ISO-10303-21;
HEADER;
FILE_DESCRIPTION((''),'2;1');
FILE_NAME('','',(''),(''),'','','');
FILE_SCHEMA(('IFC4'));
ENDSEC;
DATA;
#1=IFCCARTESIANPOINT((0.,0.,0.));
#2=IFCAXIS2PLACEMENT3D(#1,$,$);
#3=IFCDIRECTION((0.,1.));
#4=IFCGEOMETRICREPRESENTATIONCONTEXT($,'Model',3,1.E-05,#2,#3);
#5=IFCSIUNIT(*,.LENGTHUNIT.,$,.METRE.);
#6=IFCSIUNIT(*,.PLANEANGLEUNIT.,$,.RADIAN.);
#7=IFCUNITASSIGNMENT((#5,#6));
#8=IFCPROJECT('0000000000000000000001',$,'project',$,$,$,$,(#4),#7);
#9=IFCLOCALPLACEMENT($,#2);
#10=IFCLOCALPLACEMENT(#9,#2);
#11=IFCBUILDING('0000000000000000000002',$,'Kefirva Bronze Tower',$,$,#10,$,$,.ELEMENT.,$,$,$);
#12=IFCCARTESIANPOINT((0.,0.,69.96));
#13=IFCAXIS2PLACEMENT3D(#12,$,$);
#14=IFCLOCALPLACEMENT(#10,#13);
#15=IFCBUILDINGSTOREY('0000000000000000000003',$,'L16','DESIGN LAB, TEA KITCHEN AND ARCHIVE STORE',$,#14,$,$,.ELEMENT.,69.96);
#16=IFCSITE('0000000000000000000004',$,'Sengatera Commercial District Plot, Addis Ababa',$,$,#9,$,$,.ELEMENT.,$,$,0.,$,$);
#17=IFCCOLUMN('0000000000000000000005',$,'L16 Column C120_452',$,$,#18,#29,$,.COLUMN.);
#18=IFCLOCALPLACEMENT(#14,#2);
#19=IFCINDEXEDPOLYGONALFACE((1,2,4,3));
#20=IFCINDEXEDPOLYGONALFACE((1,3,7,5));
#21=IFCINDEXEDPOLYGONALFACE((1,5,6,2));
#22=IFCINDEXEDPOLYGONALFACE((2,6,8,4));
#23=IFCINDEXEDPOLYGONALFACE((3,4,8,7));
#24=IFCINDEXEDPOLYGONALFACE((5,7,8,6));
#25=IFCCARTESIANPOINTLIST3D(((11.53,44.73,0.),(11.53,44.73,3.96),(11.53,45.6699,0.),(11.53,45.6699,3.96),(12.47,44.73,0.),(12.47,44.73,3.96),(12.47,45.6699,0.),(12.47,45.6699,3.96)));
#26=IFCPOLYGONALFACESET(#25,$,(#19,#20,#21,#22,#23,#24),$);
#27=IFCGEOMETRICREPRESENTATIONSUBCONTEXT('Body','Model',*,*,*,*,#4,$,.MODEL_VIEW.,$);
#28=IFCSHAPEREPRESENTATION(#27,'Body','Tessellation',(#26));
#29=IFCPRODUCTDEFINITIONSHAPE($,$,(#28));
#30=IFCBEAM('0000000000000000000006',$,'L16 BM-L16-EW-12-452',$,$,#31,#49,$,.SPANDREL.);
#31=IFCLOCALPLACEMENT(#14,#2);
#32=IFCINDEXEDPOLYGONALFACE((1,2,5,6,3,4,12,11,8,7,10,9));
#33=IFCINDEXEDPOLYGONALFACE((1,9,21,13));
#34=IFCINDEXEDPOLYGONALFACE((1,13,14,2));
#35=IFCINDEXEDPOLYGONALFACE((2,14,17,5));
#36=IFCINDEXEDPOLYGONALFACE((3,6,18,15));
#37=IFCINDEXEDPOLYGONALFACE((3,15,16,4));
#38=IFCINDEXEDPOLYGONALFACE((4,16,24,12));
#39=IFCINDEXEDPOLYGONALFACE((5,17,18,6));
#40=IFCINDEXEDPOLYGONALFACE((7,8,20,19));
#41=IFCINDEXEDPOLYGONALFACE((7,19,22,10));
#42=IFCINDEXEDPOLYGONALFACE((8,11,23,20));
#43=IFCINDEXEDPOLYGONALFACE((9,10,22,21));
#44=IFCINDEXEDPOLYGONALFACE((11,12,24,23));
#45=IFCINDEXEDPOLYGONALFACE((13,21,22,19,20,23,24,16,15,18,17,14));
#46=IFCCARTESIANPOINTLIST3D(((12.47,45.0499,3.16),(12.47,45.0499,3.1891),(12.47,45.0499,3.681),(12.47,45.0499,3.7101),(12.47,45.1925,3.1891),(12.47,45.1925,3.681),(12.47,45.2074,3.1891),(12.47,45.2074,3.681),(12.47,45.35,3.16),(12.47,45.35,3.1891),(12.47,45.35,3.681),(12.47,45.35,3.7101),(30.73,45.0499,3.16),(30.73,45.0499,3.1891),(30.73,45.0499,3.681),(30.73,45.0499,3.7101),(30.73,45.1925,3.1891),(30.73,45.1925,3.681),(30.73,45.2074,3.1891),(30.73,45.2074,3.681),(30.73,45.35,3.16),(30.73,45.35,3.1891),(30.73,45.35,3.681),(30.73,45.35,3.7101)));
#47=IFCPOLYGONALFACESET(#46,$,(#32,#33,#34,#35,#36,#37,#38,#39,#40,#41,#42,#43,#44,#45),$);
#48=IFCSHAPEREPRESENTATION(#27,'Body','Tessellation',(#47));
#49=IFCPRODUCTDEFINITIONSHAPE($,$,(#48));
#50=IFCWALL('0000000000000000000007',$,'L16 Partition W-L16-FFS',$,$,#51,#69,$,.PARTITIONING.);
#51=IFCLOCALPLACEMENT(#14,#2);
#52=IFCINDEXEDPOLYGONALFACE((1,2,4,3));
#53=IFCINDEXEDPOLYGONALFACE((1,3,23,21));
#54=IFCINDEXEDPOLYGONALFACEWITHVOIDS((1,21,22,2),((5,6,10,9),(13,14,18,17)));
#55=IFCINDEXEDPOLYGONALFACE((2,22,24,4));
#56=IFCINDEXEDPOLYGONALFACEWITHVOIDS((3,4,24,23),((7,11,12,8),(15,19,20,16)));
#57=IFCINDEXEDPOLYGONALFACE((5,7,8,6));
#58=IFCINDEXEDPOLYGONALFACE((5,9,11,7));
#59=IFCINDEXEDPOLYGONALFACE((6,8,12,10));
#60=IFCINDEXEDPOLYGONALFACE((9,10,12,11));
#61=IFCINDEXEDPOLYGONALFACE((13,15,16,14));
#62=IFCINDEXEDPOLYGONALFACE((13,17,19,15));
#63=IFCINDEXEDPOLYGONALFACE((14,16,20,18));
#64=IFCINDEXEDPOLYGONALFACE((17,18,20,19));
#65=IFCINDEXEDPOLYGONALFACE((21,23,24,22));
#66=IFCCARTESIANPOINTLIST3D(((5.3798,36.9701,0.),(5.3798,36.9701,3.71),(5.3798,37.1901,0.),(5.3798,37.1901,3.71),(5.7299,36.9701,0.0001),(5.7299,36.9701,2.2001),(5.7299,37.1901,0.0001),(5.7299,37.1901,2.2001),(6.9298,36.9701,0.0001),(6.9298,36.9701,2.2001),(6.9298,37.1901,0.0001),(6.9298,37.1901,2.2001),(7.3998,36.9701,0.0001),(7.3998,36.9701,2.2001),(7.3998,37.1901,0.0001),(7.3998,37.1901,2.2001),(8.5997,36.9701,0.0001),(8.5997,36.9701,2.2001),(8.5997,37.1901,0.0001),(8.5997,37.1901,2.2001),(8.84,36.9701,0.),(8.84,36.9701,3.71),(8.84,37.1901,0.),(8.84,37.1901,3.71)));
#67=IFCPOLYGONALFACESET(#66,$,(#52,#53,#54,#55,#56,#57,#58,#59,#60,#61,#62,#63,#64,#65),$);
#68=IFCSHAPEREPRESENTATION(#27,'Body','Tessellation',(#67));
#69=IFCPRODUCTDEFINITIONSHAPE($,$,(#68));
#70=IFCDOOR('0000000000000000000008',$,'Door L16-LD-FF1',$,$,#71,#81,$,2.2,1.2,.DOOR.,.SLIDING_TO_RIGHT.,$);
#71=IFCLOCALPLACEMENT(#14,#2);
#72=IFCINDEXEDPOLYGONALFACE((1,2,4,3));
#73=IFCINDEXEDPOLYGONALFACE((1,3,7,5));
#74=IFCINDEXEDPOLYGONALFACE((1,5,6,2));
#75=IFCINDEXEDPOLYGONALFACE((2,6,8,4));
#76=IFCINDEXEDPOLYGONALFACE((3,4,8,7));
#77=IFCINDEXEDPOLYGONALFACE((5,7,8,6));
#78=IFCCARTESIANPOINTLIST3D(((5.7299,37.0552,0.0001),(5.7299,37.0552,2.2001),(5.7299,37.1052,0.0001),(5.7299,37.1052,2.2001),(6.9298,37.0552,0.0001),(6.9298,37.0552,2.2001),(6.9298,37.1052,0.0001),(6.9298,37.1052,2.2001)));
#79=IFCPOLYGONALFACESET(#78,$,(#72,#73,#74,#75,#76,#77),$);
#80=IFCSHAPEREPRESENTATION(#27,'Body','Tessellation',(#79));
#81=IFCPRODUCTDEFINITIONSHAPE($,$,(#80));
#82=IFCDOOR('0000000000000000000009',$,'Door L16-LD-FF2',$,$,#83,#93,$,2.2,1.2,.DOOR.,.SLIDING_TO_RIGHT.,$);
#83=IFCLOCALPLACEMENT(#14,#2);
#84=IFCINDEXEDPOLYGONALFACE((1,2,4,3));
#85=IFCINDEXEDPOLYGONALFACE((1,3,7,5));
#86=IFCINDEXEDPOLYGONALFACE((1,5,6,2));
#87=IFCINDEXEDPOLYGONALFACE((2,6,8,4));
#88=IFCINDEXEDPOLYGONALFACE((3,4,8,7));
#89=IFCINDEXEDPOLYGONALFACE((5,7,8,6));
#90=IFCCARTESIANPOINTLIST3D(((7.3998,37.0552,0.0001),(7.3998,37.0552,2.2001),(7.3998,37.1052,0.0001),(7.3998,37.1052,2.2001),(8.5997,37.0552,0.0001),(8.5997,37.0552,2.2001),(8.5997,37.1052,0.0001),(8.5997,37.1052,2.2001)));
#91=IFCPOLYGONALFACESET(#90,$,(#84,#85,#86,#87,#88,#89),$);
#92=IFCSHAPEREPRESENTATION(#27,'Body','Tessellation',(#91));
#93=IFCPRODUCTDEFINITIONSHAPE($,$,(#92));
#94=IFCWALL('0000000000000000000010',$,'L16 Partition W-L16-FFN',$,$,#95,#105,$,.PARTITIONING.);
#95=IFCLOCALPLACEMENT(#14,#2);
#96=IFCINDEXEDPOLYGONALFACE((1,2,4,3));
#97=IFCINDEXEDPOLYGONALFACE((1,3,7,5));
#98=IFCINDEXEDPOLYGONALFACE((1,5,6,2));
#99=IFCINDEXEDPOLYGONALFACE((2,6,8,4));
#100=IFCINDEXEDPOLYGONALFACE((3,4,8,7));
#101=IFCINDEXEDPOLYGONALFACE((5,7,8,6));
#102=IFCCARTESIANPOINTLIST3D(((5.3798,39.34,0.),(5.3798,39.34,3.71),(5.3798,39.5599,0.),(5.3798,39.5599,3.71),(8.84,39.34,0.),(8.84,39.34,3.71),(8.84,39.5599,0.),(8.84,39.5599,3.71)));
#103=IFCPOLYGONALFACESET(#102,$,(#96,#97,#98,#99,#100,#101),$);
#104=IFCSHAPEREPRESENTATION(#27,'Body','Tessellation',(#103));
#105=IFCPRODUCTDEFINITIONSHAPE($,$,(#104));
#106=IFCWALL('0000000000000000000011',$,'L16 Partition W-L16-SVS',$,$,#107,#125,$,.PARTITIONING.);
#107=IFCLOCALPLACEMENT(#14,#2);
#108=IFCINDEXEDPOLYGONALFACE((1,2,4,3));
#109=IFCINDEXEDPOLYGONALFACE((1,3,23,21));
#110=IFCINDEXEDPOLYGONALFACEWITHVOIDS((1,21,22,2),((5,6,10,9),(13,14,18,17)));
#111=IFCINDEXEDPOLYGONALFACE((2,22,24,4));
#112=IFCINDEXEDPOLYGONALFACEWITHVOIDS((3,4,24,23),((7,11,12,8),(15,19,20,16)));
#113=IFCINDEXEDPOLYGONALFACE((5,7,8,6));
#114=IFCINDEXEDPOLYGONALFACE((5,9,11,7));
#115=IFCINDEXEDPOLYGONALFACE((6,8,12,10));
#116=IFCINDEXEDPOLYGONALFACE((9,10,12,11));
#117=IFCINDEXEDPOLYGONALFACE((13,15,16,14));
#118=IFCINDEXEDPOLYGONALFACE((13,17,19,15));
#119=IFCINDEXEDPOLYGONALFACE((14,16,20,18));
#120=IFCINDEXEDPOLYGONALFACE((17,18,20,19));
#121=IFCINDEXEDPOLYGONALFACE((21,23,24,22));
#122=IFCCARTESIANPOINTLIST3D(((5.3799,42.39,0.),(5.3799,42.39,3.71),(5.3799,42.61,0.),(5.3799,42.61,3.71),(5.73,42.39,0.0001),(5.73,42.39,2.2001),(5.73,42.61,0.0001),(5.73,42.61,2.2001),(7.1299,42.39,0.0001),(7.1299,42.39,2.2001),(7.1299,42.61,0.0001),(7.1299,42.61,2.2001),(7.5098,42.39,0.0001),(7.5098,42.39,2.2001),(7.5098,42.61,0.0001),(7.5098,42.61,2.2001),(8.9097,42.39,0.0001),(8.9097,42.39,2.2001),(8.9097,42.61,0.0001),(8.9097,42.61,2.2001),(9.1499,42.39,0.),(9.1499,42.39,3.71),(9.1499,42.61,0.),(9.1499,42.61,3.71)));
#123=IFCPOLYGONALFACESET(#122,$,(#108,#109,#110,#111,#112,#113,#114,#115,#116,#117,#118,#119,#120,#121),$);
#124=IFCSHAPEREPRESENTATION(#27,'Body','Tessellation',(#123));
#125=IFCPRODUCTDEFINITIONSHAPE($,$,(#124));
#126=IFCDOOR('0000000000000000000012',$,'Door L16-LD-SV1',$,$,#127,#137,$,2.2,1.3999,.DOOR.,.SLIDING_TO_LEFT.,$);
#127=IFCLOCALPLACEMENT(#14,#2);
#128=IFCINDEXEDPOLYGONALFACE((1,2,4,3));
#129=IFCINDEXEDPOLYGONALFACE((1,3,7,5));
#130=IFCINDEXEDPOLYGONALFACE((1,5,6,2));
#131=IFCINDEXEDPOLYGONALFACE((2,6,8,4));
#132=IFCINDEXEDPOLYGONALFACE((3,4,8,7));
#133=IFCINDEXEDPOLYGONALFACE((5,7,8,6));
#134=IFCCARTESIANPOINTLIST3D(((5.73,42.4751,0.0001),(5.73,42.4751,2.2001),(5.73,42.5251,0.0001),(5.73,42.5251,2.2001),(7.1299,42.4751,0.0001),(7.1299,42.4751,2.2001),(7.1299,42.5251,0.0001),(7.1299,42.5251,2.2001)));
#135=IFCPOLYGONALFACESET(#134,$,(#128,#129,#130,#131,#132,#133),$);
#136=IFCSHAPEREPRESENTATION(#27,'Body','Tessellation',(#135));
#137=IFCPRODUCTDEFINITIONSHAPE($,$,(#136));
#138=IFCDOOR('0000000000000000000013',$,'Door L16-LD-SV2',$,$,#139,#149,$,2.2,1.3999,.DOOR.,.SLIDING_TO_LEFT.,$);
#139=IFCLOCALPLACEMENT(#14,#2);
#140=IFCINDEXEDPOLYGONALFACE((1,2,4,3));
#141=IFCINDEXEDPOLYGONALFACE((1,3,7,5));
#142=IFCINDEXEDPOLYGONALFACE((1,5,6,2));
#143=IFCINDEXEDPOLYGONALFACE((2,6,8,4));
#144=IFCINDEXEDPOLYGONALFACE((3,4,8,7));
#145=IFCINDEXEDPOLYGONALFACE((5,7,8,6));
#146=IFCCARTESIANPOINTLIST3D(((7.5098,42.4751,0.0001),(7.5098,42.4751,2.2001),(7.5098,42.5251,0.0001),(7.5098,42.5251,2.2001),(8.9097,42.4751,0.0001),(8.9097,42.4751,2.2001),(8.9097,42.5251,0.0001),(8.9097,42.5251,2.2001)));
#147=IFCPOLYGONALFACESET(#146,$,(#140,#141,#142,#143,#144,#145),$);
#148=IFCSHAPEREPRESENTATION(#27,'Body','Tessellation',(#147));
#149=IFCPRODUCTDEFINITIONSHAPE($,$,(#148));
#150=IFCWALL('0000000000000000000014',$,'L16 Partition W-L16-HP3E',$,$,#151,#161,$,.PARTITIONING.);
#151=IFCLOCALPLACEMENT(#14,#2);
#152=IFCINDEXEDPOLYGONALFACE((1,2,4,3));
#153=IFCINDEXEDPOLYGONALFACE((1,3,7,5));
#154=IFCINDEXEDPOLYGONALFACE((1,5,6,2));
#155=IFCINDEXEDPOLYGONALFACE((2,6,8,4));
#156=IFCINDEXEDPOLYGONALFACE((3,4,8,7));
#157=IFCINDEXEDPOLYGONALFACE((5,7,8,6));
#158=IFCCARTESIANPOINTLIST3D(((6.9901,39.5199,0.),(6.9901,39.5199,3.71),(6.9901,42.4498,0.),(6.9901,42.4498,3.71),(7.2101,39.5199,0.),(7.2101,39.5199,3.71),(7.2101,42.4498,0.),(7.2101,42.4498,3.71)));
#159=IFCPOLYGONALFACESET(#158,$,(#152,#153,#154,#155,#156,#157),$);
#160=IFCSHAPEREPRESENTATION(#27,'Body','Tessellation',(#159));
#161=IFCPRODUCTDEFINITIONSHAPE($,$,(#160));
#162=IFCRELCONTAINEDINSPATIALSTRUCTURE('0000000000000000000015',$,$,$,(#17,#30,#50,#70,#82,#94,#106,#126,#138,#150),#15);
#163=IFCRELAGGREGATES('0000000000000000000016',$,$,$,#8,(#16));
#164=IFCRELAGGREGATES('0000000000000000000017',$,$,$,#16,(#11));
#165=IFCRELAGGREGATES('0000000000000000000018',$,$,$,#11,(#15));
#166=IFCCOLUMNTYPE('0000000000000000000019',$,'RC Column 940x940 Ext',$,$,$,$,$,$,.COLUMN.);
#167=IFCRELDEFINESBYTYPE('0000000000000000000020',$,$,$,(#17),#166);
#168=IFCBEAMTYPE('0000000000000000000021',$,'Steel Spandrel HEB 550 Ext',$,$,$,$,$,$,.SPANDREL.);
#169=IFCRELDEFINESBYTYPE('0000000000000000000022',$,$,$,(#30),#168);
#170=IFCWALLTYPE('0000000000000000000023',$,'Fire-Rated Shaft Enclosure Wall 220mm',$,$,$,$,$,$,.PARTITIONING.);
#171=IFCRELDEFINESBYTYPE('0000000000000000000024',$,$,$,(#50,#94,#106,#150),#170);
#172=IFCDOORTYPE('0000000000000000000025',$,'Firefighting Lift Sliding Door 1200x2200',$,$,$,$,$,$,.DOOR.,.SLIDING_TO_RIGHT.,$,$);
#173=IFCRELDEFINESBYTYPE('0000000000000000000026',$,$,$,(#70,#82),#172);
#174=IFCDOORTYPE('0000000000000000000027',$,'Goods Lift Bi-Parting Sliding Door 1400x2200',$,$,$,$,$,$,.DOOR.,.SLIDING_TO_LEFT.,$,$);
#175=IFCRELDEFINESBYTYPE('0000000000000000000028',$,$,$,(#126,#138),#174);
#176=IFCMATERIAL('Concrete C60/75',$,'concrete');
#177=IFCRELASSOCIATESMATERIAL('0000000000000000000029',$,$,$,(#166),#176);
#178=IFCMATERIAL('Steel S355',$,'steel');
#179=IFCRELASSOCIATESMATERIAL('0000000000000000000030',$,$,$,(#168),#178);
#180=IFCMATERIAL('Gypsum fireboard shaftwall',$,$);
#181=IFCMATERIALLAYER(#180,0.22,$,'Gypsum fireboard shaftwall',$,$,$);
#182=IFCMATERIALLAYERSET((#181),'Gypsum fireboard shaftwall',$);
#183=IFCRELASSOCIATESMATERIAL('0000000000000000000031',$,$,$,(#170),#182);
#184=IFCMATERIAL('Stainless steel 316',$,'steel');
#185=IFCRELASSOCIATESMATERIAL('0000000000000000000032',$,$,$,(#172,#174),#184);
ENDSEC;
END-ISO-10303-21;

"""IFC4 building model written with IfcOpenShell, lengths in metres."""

from ifc_helpers import new_model, si_unit, direction, frame, frame_2d, origin, origin_2d, place, context, subcontext, project, spatial, rectangle, i_section, extrude, material, layer, layer_set, material_profile, profile_set, type_object, element, fill, save


model = new_model("IFC4")

# Units and contexts
model_context = context("Model", 3, precision=1e-05, world=origin(), true_north=direction((0.0, 1.0)))
body_context = subcontext(model_context, "Body", "Model", "MODEL_VIEW")
ifc_project = project(units=[si_unit("LENGTHUNIT", "METRE"), si_unit("PLANEANGLEUNIT", "RADIAN")], contexts=[model_context])

# Site, building, storey
site_placement = place(None, origin())
site = spatial("IfcSite", under=ifc_project, at=site_placement, Name="Sengatera Commercial District Plot, Addis Ababa", CompositionType="ELEMENT", RefElevation=0.0)
building_placement = place(site_placement, origin())
building = spatial("IfcBuilding", under=site, at=building_placement, Name="Kefirva Bronze Tower", CompositionType="ELEMENT")
storey_placement = place(building_placement, frame((0.0, 0.0, 69.96)))
storey = spatial("IfcBuildingStorey", under=building, at=storey_placement, Name="L16", Description="DESIGN LAB, TEA KITCHEN AND ARCHIVE STORE", CompositionType="ELEMENT", Elevation=69.96)

# Column
ifc_material_1 = material(Name="Concrete C60/75", Category="concrete")
ifc_material_profile_1 = material_profile(ifc_material_1, rectangle(XDim=0.9399, YDim=0.9399, at=origin_2d()), Name="RC 940x940")
ifc_profile_set_1 = profile_set([ifc_material_profile_1], Name="Concrete C60/75")
column_type = type_object("IfcColumnType", Name="RC Column 940x940 Ext", PredefinedType="COLUMN", material=ifc_profile_set_1)
column_placement = place(storey_placement, frame((12.0, 45.2, 0.0), z_axis=(0.0, 0.0, 1.0), x_axis=(1.0, 0.0, 0.0)))
element("IfcColumn", 1, at=column_placement, inside=storey, type_object=column_type, Name="L16 Column C120_452", PredefinedType="COLUMN", context=body_context, shape_type="SweptSolid", body=[
    extrude(rectangle(XDim=0.9399, YDim=0.9399, at=origin_2d()), origin(), (0.0, 0.0, 1.0), 3.96),
])

# Beam
ifc_material_2 = material(Name="Steel S355", Category="steel")
ifc_material_profile_2 = material_profile(ifc_material_2, i_section(OverallWidth=0.3, OverallDepth=0.55, WebThickness=0.0149, FlangeThickness=0.0291, at=origin_2d()), Name="HEB 550")
ifc_profile_set_2 = profile_set([ifc_material_profile_2], Name="Steel S355")
beam_type = type_object("IfcBeamType", Name="Steel Spandrel HEB 550 Ext", PredefinedType="SPANDREL", material=ifc_profile_set_2)
beam_placement = place(storey_placement, frame((12.47, 45.2, 3.4351), z_axis=(1.0, 0.0, 0.0), x_axis=(0.0, 1.0, 0.0)))
element("IfcBeam", 2, at=beam_placement, inside=storey, type_object=beam_type, Name="L16 BM-L16-EW-12-452", PredefinedType="SPANDREL", context=body_context, shape_type="SweptSolid", body=[
    extrude(i_section(OverallWidth=0.3, OverallDepth=0.55, WebThickness=0.0149, FlangeThickness=0.0291, at=origin_2d()), origin(), (0.0, 0.0, 1.0), 18.26),
])

# Wall, openings, doors
ifc_material_3 = material(Name="Gypsum fireboard shaftwall")
ifc_layer_1 = layer(ifc_material_3, 0.22, Name="Gypsum fireboard shaftwall")
ifc_layer_set_1 = layer_set([ifc_layer_1], Name="Gypsum fireboard shaftwall")
wall_type_1 = type_object("IfcWallType", Name="Fire-Rated Shaft Enclosure Wall 220mm", PredefinedType="PARTITIONING", material=ifc_layer_set_1)
wall_1_placement = place(storey_placement, frame((5.3799, 37.0801, 0.0), z_axis=(0.0, 0.0, 1.0), x_axis=(1.0, 0.0, 0.0)))
wall_1 = element("IfcWall", 3, at=wall_1_placement, inside=storey, type_object=wall_type_1, Name="L16 Partition W-L16-FFS", PredefinedType="PARTITIONING", context=body_context, shape_type="SweptSolid", body=[
    extrude(rectangle(XDim=3.4602, YDim=0.22, at=frame_2d((1.73, 0.0))), origin(), (0.0, 0.0, 1.0), 3.71),
])
opening_1_placement = place(wall_1_placement, frame((1.55, 0.0, 0.0), z_axis=(0.0, 0.0, 1.0), x_axis=(-1.0, 0.0, 0.0)))
opening_1 = element("IfcOpeningElement", 4, at=opening_1_placement, cuts=wall_1, PredefinedType="OPENING", context=body_context, shape_type="SweptSolid", body=[
    extrude(rectangle(XDim=1.2, YDim=2.2, at=frame_2d((0.6001, 1.1001))), frame((0.0, 0.1201, 0.0), z_axis=(0.0, -1.0, 0.0), x_axis=(1.0, 0.0, 0.0)), (0.0, 0.0, 1.0), 0.24),
])
opening_2_placement = place(wall_1_placement, frame((3.22, 0.0, 0.0), z_axis=(0.0, 0.0, 1.0), x_axis=(-1.0, 0.0, 0.0)))
opening_2 = element("IfcOpeningElement", 5, at=opening_2_placement, cuts=wall_1, PredefinedType="OPENING", context=body_context, shape_type="SweptSolid", body=[
    extrude(rectangle(XDim=1.2, YDim=2.2, at=frame_2d((0.6001, 1.1001))), frame((0.0, 0.1201, 0.0), z_axis=(0.0, -1.0, 0.0), x_axis=(1.0, 0.0, 0.0)), (0.0, 0.0, 1.0), 0.24),
])
ifc_material_4 = material(Name="Stainless steel 316", Category="steel")
door_type_1 = type_object("IfcDoorType", Name="Firefighting Lift Sliding Door 1200x2200", OperationType="SLIDING_TO_RIGHT", PredefinedType="DOOR", material=ifc_material_4)
door_1_placement = place(opening_1_placement, origin())
door_1 = element("IfcDoor", 6, at=door_1_placement, inside=storey, type_object=door_type_1, Name="Door L16-LD-FF1", OperationType="SLIDING_TO_RIGHT", OverallHeight=2.2, OverallWidth=1.2, PredefinedType="DOOR", context=body_context, shape_type="SweptSolid", body=[
    extrude(rectangle(XDim=1.2, YDim=2.2, at=frame_2d((0.6001, 1.1001))), frame((0.0, 0.0249, 0.0), z_axis=(0.0, -1.0, 0.0), x_axis=(1.0, 0.0, 0.0)), (0.0, 0.0, 1.0), 0.05),
])
fill(opening_1, door_1)
door_2_placement = place(opening_2_placement, origin())
door_2 = element("IfcDoor", 7, at=door_2_placement, inside=storey, type_object=door_type_1, Name="Door L16-LD-FF2", OperationType="SLIDING_TO_RIGHT", OverallHeight=2.2, OverallWidth=1.2, PredefinedType="DOOR", context=body_context, shape_type="SweptSolid", body=[
    extrude(rectangle(XDim=1.2, YDim=2.2, at=frame_2d((0.6001, 1.1001))), frame((0.0, 0.0249, 0.0), z_axis=(0.0, -1.0, 0.0), x_axis=(1.0, 0.0, 0.0)), (0.0, 0.0, 1.0), 0.05),
])
fill(opening_2, door_2)

# Wall
wall_2_placement = place(storey_placement, frame((5.3799, 39.45, 0.0), z_axis=(0.0, 0.0, 1.0), x_axis=(1.0, 0.0, 0.0)))
element("IfcWall", 8, at=wall_2_placement, inside=storey, type_object=wall_type_1, Name="L16 Partition W-L16-FFN", PredefinedType="PARTITIONING", context=body_context, shape_type="SweptSolid", body=[
    extrude(rectangle(XDim=3.4602, YDim=0.22, at=frame_2d((1.73, 0.0))), origin(), (0.0, 0.0, 1.0), 3.71),
])

# Wall, openings, doors
wall_3_placement = place(storey_placement, frame((5.3799, 42.5, 0.0), z_axis=(0.0, 0.0, 1.0), x_axis=(1.0, 0.0, 0.0)))
wall_3 = element("IfcWall", 9, at=wall_3_placement, inside=storey, type_object=wall_type_1, Name="L16 Partition W-L16-SVS", PredefinedType="PARTITIONING", context=body_context, shape_type="SweptSolid", body=[
    extrude(rectangle(XDim=3.77, YDim=0.22, at=frame_2d((1.885, 0.0))), origin(), (0.0, 0.0, 1.0), 3.71),
])
opening_3_placement = place(wall_3_placement, frame((1.75, 0.0, 0.0), z_axis=(0.0, 0.0, 1.0), x_axis=(-1.0, 0.0, 0.0)))
opening_3 = element("IfcOpeningElement", 10, at=opening_3_placement, cuts=wall_3, PredefinedType="OPENING", context=body_context, shape_type="SweptSolid", body=[
    extrude(rectangle(XDim=1.3999, YDim=2.2, at=frame_2d((0.7, 1.1001))), frame((0.0, 0.1201, 0.0), z_axis=(0.0, -1.0, 0.0), x_axis=(1.0, 0.0, 0.0)), (0.0, 0.0, 1.0), 0.24),
])
opening_4_placement = place(wall_3_placement, frame((3.5298, 0.0, 0.0), z_axis=(0.0, 0.0, 1.0), x_axis=(-1.0, 0.0, 0.0)))
opening_4 = element("IfcOpeningElement", 11, at=opening_4_placement, cuts=wall_3, PredefinedType="OPENING", context=body_context, shape_type="SweptSolid", body=[
    extrude(rectangle(XDim=1.3999, YDim=2.2, at=frame_2d((0.7, 1.1001))), frame((0.0, 0.1201, 0.0), z_axis=(0.0, -1.0, 0.0), x_axis=(1.0, 0.0, 0.0)), (0.0, 0.0, 1.0), 0.24),
])
door_type_2 = type_object("IfcDoorType", Name="Goods Lift Bi-Parting Sliding Door 1400x2200", OperationType="SLIDING_TO_LEFT", PredefinedType="DOOR", material=ifc_material_4)
door_3_placement = place(opening_3_placement, origin())
door_3 = element("IfcDoor", 12, at=door_3_placement, inside=storey, type_object=door_type_2, Name="Door L16-LD-SV1", OperationType="SLIDING_TO_LEFT", OverallHeight=2.2, OverallWidth=1.3999, PredefinedType="DOOR", context=body_context, shape_type="SweptSolid", body=[
    extrude(rectangle(XDim=1.3999, YDim=2.2, at=frame_2d((0.7, 1.1001))), frame((0.0, 0.0249, 0.0), z_axis=(0.0, -1.0, 0.0), x_axis=(1.0, 0.0, 0.0)), (0.0, 0.0, 1.0), 0.05),
])
fill(opening_3, door_3)
door_4_placement = place(opening_4_placement, origin())
door_4 = element("IfcDoor", 13, at=door_4_placement, inside=storey, type_object=door_type_2, Name="Door L16-LD-SV2", OperationType="SLIDING_TO_LEFT", OverallHeight=2.2, OverallWidth=1.3999, PredefinedType="DOOR", context=body_context, shape_type="SweptSolid", body=[
    extrude(rectangle(XDim=1.3999, YDim=2.2, at=frame_2d((0.7, 1.1001))), frame((0.0, 0.0249, 0.0), z_axis=(0.0, -1.0, 0.0), x_axis=(1.0, 0.0, 0.0)), (0.0, 0.0, 1.0), 0.05),
])
fill(opening_4, door_4)

# Wall
wall_4_placement = place(storey_placement, frame((7.1001, 39.52, 0.0), z_axis=(0.0, 0.0, 1.0), x_axis=(0.0, 1.0, 0.0)))
element("IfcWall", 14, at=wall_4_placement, inside=storey, type_object=wall_type_1, Name="L16 Partition W-L16-HP3E", PredefinedType="PARTITIONING", context=body_context, shape_type="SweptSolid", body=[
    extrude(rectangle(XDim=2.9299, YDim=0.22, at=frame_2d((1.4648, 0.0))), origin(), (0.0, 0.0, 1.0), 3.71),
])

save(model, "model.ifc")
